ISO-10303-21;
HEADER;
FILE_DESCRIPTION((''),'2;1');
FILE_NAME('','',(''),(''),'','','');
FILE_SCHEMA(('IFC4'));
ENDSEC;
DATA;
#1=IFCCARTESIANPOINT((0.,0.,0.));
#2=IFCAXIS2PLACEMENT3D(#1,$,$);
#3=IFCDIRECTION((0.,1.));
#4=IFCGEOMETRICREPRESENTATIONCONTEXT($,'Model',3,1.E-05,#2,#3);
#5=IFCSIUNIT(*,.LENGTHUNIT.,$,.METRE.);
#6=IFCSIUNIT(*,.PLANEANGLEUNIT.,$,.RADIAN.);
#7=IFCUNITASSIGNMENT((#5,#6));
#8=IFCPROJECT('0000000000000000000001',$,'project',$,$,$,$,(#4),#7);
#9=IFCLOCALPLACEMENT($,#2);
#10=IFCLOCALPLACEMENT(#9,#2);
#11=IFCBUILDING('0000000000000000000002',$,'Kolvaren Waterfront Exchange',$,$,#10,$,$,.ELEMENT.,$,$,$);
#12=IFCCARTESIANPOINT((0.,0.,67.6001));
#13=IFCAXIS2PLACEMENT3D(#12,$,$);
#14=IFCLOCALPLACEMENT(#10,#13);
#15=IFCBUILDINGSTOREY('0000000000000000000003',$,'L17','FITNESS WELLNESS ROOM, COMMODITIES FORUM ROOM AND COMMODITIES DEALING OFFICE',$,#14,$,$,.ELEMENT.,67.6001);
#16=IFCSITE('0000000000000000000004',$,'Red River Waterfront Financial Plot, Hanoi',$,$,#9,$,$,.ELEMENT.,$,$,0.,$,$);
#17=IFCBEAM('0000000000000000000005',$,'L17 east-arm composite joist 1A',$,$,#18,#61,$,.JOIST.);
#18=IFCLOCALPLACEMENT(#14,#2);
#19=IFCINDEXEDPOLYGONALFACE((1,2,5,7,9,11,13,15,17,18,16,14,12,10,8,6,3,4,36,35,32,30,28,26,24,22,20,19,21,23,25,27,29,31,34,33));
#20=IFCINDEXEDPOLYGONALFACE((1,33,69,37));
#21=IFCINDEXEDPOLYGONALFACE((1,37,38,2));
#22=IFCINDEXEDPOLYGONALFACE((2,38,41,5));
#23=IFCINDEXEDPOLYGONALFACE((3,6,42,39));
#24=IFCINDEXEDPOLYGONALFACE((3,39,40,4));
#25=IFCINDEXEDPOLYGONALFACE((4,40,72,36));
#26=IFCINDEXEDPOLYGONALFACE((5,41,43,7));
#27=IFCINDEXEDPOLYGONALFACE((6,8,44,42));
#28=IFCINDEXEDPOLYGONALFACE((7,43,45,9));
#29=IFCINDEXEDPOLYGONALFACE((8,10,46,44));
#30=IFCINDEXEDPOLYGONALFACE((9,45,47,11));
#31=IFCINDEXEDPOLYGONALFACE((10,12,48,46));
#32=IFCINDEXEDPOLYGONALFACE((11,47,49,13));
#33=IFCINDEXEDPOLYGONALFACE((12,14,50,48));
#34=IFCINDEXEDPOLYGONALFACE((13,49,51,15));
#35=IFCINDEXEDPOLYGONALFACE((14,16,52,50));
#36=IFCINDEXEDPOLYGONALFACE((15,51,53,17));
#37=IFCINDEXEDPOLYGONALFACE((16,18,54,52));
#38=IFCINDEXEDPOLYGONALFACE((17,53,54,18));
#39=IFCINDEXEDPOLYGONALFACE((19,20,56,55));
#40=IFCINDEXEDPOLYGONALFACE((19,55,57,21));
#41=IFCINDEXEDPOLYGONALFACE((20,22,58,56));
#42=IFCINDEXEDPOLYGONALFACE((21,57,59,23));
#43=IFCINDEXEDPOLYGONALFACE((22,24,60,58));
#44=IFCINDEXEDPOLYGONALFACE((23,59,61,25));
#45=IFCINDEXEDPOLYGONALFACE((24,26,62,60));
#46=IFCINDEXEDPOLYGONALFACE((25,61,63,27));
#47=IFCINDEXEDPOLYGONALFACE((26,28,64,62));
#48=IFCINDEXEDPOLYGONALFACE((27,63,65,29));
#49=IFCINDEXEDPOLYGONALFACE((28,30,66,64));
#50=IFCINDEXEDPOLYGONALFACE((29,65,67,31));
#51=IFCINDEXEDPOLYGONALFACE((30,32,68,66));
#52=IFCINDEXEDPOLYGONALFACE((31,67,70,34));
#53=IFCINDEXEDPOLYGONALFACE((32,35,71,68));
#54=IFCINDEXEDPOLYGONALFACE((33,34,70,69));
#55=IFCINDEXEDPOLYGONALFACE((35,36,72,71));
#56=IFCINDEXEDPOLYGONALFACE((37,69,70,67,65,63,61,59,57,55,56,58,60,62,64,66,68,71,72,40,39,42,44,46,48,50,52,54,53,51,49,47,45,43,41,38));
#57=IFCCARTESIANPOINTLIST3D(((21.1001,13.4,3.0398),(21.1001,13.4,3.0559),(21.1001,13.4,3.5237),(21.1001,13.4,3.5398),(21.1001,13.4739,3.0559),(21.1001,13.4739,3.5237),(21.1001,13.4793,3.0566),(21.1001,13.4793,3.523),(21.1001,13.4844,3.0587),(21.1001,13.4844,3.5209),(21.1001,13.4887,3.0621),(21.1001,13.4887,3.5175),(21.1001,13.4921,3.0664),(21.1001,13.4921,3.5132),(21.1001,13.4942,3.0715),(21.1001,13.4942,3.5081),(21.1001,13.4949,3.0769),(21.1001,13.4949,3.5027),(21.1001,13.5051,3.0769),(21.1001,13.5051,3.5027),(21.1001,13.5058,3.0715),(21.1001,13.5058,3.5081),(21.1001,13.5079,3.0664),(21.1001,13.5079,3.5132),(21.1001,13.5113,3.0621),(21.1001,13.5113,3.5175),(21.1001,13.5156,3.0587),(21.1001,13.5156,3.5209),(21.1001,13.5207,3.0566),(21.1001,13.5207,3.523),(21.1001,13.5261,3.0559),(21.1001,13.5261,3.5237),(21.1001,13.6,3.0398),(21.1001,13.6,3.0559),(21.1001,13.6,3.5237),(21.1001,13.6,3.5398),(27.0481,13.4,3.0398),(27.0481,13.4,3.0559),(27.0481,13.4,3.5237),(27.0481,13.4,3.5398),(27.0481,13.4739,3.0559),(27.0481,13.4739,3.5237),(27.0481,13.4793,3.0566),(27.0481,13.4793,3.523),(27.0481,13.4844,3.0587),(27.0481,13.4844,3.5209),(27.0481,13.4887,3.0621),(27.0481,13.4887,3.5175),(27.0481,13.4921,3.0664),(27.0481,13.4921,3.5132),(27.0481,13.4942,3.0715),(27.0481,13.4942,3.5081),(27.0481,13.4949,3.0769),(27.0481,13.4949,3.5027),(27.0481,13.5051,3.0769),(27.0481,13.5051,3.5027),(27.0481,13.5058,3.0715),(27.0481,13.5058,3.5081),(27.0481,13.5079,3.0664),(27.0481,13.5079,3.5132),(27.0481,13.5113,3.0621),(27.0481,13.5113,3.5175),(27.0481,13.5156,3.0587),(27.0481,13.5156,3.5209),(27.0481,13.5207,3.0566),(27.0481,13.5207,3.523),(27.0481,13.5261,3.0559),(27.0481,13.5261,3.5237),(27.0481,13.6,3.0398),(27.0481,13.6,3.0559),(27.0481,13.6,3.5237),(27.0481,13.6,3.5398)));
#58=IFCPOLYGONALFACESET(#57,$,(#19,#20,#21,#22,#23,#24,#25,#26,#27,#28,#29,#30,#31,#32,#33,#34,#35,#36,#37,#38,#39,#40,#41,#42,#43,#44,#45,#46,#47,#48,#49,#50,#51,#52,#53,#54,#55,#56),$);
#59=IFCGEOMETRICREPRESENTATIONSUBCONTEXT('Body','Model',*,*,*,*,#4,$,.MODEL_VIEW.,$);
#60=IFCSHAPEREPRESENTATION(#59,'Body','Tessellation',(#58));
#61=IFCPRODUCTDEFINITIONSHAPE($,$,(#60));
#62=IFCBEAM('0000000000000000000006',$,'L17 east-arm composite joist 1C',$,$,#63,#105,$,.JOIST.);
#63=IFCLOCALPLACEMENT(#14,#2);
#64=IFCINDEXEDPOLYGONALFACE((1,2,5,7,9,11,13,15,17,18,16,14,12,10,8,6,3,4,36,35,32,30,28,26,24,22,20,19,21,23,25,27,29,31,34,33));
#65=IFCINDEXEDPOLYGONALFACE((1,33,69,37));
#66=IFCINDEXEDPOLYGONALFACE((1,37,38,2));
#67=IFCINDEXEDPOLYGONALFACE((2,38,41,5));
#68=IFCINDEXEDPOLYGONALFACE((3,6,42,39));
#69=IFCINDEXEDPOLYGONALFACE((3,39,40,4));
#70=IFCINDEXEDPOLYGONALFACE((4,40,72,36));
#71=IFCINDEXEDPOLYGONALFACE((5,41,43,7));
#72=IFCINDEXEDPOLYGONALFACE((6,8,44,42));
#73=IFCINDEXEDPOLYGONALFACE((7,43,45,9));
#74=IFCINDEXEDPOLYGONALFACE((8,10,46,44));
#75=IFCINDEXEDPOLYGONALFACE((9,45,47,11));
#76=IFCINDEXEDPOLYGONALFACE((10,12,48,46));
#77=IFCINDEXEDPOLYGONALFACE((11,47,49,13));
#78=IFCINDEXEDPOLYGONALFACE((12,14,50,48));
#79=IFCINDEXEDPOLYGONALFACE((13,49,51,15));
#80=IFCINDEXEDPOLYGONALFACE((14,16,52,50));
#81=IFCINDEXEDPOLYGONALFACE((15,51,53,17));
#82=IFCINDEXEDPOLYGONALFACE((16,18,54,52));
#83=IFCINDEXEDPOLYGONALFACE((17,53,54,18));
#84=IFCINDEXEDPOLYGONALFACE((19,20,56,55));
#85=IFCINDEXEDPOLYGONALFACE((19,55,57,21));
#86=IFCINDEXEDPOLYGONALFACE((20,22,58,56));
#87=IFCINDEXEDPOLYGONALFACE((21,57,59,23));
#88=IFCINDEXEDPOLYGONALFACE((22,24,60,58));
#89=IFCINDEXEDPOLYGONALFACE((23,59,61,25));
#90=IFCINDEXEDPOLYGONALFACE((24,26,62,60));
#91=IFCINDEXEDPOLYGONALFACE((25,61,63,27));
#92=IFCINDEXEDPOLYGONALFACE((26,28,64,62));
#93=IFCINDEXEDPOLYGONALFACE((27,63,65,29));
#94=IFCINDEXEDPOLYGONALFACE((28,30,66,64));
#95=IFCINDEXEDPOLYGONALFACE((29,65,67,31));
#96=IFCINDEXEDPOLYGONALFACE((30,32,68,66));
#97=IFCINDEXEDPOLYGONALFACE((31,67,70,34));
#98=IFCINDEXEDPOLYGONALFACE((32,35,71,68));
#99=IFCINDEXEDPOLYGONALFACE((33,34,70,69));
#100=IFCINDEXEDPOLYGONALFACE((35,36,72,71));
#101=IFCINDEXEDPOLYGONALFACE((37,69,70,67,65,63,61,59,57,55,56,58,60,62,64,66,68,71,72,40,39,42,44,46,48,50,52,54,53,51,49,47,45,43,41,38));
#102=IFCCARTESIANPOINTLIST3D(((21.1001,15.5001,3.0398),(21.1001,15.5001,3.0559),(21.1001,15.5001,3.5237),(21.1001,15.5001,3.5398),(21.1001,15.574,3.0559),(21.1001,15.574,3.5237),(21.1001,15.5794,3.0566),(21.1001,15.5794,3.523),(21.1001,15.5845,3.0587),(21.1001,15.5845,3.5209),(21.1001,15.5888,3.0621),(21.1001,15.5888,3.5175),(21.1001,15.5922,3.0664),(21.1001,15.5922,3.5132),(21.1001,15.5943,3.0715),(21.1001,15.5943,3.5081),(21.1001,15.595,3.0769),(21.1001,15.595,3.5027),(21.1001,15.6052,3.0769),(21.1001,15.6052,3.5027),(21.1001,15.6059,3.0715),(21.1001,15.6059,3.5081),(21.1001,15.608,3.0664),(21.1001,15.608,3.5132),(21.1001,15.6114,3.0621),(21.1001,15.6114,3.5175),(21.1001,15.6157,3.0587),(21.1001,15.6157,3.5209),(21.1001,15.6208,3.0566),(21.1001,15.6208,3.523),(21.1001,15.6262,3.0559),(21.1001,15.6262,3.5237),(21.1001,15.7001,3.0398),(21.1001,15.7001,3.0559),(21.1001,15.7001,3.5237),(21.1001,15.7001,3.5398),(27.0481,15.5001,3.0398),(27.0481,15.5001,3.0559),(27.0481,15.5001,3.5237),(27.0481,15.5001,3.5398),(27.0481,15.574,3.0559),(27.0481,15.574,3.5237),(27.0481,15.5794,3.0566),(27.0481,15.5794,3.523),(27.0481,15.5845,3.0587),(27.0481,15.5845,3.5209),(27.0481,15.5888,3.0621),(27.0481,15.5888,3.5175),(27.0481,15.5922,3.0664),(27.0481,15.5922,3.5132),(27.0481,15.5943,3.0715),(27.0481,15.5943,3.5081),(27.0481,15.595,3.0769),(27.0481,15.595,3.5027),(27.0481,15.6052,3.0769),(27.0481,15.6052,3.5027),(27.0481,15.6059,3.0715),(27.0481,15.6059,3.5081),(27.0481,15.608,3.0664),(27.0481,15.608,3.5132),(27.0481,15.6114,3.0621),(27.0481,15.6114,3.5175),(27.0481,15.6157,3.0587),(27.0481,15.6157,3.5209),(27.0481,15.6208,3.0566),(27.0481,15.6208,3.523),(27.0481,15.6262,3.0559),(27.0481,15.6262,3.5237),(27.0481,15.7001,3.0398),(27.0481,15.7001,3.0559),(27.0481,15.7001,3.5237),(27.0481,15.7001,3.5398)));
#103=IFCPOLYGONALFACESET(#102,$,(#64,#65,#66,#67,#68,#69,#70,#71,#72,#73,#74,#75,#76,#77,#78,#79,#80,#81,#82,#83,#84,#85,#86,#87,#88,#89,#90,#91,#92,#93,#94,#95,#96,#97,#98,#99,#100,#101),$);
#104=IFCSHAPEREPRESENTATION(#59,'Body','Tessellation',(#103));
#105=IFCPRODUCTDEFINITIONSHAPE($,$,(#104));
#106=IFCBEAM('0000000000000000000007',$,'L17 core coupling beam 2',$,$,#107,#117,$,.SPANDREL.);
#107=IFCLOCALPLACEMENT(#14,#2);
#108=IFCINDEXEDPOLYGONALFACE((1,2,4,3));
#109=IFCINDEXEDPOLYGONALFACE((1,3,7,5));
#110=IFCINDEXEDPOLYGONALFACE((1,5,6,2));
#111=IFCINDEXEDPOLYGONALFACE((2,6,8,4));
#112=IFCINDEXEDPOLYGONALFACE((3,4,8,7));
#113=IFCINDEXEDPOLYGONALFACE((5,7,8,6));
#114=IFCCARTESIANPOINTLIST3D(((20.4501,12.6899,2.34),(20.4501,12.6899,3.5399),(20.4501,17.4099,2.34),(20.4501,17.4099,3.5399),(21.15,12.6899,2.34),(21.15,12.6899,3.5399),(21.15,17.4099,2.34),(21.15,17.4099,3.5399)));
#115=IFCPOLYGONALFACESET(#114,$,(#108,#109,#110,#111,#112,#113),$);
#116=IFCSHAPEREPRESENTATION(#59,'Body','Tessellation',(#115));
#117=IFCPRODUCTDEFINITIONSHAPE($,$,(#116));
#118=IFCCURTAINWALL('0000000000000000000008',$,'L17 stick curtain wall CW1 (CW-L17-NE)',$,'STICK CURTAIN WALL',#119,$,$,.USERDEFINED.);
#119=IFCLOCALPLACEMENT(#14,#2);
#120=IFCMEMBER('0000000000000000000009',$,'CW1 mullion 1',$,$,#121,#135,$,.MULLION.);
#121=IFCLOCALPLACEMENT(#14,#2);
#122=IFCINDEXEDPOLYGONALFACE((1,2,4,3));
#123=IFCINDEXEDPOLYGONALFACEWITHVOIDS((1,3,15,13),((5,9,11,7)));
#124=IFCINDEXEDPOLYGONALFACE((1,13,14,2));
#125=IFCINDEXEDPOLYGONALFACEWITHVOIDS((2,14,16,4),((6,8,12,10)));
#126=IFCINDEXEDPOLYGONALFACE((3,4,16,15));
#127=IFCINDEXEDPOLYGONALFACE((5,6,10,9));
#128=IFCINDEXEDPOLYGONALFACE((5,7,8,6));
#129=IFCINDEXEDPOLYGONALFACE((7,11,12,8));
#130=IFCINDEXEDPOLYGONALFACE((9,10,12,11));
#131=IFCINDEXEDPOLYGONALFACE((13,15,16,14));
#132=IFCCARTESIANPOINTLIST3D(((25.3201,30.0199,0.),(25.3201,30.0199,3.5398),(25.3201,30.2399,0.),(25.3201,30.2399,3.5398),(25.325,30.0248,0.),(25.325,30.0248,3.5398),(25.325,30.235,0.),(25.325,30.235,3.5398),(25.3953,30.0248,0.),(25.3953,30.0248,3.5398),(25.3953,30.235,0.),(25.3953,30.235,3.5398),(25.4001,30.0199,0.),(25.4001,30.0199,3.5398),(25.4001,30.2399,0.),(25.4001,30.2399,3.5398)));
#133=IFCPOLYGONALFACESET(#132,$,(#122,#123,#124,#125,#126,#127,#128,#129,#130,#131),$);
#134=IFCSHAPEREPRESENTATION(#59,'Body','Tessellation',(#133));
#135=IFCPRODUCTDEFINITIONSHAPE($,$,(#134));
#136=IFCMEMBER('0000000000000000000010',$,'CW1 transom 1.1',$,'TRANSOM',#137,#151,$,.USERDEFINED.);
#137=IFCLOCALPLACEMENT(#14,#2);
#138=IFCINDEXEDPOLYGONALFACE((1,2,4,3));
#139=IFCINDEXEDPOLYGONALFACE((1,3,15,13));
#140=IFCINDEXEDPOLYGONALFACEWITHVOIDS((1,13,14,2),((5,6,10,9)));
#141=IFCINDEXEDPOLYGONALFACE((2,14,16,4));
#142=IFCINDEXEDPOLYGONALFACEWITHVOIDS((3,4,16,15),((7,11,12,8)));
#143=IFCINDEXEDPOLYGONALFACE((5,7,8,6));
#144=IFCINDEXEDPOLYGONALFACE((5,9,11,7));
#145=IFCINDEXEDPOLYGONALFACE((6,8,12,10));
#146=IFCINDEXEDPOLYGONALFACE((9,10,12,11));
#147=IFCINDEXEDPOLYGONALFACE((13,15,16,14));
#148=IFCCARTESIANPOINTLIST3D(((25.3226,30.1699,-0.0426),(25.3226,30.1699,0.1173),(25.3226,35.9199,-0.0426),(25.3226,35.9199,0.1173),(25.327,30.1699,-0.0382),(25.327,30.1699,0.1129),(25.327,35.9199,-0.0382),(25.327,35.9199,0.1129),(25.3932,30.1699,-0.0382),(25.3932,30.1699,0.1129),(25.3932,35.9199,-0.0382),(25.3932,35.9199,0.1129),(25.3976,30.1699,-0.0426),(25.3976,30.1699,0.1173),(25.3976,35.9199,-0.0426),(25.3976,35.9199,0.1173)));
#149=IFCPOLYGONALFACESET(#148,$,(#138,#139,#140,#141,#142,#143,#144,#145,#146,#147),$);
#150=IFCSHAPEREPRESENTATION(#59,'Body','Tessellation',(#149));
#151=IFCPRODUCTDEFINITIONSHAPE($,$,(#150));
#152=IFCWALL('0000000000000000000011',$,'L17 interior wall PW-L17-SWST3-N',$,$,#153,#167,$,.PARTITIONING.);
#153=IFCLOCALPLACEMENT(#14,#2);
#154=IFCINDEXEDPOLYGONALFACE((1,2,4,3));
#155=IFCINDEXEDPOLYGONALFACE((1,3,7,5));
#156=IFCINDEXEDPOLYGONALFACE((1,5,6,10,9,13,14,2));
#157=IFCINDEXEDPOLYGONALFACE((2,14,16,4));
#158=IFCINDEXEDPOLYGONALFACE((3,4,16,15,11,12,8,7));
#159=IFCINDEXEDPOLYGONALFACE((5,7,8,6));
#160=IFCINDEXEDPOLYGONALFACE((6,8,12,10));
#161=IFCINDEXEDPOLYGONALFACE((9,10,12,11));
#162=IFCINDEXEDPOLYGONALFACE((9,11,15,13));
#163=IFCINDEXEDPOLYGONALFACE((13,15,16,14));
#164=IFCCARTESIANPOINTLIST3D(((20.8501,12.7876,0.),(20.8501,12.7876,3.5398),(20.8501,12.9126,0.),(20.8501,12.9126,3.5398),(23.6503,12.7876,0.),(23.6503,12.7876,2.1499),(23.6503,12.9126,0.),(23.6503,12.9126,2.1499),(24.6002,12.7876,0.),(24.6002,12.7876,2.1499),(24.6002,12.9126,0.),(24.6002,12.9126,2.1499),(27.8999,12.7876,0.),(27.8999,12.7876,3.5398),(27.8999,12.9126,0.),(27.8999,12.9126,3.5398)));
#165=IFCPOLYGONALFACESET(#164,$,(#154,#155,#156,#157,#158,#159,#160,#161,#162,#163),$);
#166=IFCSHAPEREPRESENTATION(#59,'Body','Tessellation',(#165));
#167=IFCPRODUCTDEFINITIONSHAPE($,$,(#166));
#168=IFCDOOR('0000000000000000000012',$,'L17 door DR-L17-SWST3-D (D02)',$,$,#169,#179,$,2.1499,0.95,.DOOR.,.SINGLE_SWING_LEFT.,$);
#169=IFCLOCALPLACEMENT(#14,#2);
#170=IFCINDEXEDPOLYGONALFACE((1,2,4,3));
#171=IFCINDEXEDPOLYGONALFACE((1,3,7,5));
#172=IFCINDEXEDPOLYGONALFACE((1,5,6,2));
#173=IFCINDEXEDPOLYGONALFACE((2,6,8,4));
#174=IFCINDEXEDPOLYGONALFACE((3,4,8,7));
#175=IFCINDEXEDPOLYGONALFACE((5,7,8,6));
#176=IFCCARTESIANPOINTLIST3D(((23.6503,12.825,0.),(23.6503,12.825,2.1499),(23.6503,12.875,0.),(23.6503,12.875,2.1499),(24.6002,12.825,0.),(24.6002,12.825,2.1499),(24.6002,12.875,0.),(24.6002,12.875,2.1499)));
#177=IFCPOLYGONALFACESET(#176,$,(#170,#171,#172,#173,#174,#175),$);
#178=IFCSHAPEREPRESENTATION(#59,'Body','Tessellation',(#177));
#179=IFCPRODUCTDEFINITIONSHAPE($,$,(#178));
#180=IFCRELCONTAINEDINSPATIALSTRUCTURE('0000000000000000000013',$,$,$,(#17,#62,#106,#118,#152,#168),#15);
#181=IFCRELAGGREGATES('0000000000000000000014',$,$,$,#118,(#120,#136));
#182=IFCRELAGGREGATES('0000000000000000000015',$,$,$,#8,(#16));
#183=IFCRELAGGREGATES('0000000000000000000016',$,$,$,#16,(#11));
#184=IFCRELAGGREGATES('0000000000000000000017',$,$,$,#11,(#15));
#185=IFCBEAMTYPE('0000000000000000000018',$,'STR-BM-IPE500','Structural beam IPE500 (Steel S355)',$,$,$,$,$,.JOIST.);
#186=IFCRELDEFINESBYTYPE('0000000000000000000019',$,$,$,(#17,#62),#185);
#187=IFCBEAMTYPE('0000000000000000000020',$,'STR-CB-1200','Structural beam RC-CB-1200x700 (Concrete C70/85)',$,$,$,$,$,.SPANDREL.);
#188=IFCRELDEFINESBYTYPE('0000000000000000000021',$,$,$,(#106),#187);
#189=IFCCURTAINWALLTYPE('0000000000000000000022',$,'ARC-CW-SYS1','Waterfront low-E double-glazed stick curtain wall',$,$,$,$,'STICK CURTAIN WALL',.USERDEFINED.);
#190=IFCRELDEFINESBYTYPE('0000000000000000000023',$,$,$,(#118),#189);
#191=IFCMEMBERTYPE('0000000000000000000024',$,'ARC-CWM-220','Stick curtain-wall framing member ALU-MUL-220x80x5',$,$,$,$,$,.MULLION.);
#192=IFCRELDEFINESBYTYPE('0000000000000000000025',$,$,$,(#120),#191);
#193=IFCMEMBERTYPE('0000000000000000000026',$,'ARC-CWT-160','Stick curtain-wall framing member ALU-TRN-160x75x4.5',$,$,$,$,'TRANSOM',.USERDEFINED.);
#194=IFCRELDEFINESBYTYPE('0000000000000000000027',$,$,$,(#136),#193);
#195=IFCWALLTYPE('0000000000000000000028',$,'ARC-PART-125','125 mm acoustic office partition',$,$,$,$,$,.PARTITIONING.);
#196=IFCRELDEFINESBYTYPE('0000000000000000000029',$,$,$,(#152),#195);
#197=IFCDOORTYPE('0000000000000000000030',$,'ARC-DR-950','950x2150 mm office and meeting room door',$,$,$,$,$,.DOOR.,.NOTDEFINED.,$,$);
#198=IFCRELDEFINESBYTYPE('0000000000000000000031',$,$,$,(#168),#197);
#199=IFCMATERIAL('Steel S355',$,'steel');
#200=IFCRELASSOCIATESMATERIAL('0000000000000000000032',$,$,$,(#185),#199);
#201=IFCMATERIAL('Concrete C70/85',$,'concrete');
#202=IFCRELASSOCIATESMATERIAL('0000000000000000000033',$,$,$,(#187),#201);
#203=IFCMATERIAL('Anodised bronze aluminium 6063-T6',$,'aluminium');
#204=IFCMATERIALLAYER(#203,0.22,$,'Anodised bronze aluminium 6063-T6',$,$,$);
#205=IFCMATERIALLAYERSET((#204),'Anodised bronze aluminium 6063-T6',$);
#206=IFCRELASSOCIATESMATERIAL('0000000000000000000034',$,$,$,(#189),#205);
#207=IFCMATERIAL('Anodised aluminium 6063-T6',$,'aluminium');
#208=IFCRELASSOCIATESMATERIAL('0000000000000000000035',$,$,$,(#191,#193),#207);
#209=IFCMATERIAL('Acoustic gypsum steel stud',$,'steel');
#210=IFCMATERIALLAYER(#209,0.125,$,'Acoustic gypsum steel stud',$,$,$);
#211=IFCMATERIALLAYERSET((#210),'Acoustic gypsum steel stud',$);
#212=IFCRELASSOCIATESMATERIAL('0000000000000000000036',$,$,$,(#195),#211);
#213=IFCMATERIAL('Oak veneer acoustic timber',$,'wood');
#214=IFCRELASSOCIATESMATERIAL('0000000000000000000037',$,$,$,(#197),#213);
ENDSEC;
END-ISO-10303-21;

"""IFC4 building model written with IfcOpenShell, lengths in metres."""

from ifc_helpers import new_model, si_unit, direction, frame, frame_2d, origin, origin_with_axes, origin_2d, place, context, subcontext, project, spatial, rectangle, hollow_rectangle, i_section, extrude, source, transform, mapped, material, layer, layer_set, material_profile, profile_set, type_object, element, fill, aggregate, save


model = new_model("IFC4")

# Units and contexts
model_context = context("Model", 3, precision=1e-05, world=origin(), true_north=direction((0.0, 1.0)))
body_context = subcontext(model_context, "Body", "Model", "MODEL_VIEW")
ifc_project = project(units=[si_unit("LENGTHUNIT", "METRE"), si_unit("PLANEANGLEUNIT", "RADIAN")], contexts=[model_context])

# Site, building, storey
site_placement = place(None, origin())
site = spatial("IfcSite", under=ifc_project, at=site_placement, Name="Red River Waterfront Financial Plot, Hanoi", CompositionType="ELEMENT", RefElevation=0.0)
building_placement = place(site_placement, origin())
building = spatial("IfcBuilding", under=site, at=building_placement, Name="Kolvaren Waterfront Exchange", CompositionType="ELEMENT")
storey_placement = place(building_placement, frame((0.0, 0.0, 67.6001)))
storey = spatial("IfcBuildingStorey", under=building, at=storey_placement, Name="L17", Description="FITNESS WELLNESS ROOM, COMMODITIES FORUM ROOM AND COMMODITIES DEALING OFFICE", CompositionType="ELEMENT", Elevation=67.6001)

# Shared definitions
ifc_material_1 = material(Name="Concrete C70/85", Category="concrete")

# Beams
ifc_material_2 = material(Name="Steel S355", Category="steel")
ifc_material_profile_1 = material_profile(ifc_material_2, i_section(OverallWidth=0.2, OverallDepth=0.5, WebThickness=0.0103, FlangeThickness=0.0161, FilletRadius=0.021, at=origin_2d()), Name="IPE500")
ifc_profile_set_1 = profile_set([ifc_material_profile_1], Name="Steel S355")
beam_type_1 = type_object("IfcBeamType", Name="STR-BM-IPE500", Description="Structural beam IPE500 (Steel S355)", PredefinedType="JOIST", material=ifc_profile_set_1)
for number, where, z_axis, x_axis, name in (
    (1, (21.1001, 13.5, 3.2898), (1.0, 0.0, 0.0), (0.0, 1.0, 0.0), "L17 east-arm composite joist 1A"),
    (2, (21.1001, 15.6001, 3.2898), (1.0, 0.0, 0.0), (0.0, 1.0, 0.0), "L17 east-arm composite joist 1C"),
):
    element("IfcBeam", number, at=place(storey_placement, frame(where, z_axis=z_axis, x_axis=x_axis)), inside=storey, type_object=beam_type_1, Name=name, PredefinedType="JOIST", context=body_context, shape_type="SweptSolid", body=[
        extrude(i_section(OverallWidth=0.2, OverallDepth=0.5, WebThickness=0.0103, FlangeThickness=0.0161, FilletRadius=0.021, at=origin_2d()), origin(), (0.0, 0.0, 1.0), 5.948),
    ])
ifc_material_profile_2 = material_profile(ifc_material_1, rectangle(XDim=0.7, YDim=1.2, at=origin_2d()), Name="RC-CB-1200x700")
ifc_profile_set_2 = profile_set([ifc_material_profile_2], Name="Concrete C70/85")
beam_type_2 = type_object("IfcBeamType", Name="STR-CB-1200", Description="Structural beam RC-CB-1200x700 (Concrete C70/85)", PredefinedType="SPANDREL", material=ifc_profile_set_2)
beam_1_placement = place(storey_placement, frame((20.8, 12.6899, 2.9399), z_axis=(0.0, 1.0, 0.0), x_axis=(-1.0, 0.0, 0.0)))
element("IfcBeam", 3, at=beam_1_placement, inside=storey, type_object=beam_type_2, Name="L17 core coupling beam 2", PredefinedType="SPANDREL", context=body_context, shape_type="SweptSolid", body=[
    extrude(rectangle(XDim=0.7, YDim=1.2, at=origin_2d()), origin(), (0.0, 0.0, 1.0), 4.72),
])

# Curtain wall, members
ifc_material_3 = material(Name="Anodised bronze aluminium 6063-T6", Category="aluminium")
ifc_layer_1 = layer(ifc_material_3, 0.22, Name="Anodised bronze aluminium 6063-T6")
ifc_layer_set_1 = layer_set([ifc_layer_1], Name="Anodised bronze aluminium 6063-T6")
curtain_wall_type = type_object("IfcCurtainWallType", Name="ARC-CW-SYS1", Description="Waterfront low-E double-glazed stick curtain wall", ElementType="STICK CURTAIN WALL", PredefinedType="USERDEFINED", material=ifc_layer_set_1)
curtain_wall_placement = place(storey_placement, origin())
curtain_wall = element("IfcCurtainWall", 4, at=curtain_wall_placement, inside=storey, type_object=curtain_wall_type, Name="L17 stick curtain wall CW1 (CW-L17-NE)", ObjectType="STICK CURTAIN WALL", PredefinedType="USERDEFINED")
ifc_material_4 = material(Name="Anodised aluminium 6063-T6", Category="aluminium")
ifc_material_profile_3 = material_profile(ifc_material_4, hollow_rectangle(XDim=0.0801, YDim=0.22, WallThickness=0.0049, at=origin_2d()), Name="ALU-MUL-220x80x5")
ifc_profile_set_3 = profile_set([ifc_material_profile_3], Name="Anodised aluminium 6063-T6")
member_type_1 = type_object("IfcMemberType", Name="ARC-CWM-220", Description="Stick curtain-wall framing member ALU-MUL-220x80x5", PredefinedType="MULLION", material=ifc_profile_set_3)
shared_shape_1 = source(origin_with_axes(), body_context, "Body", "SweptSolid", [
    extrude(hollow_rectangle(XDim=0.0801, YDim=0.22, WallThickness=0.0049, at=origin_2d()), origin(), (0.0, 0.0, 1.0), 3.5398),
])
member_1_placement = place(storey_placement, frame((25.3601, 30.1299, 0.0), z_axis=(0.0, 0.0, 1.0), x_axis=(-1.0, 0.0, 0.0)))
member_1 = element("IfcMember", 5, at=member_1_placement, type_object=member_type_1, Name="CW1 mullion 1", PredefinedType="MULLION", context=body_context, shape_type="MappedRepresentation", body=[
    mapped(shared_shape_1, transform((0.0, 0.0, 0.0), x_axis=(1.0, 0.0, 0.0), y_axis=(0.0, 1.0, 0.0), z_axis=(0.0, 0.0, 1.0), scale=1.0)),
])
ifc_material_profile_4 = material_profile(ifc_material_4, hollow_rectangle(XDim=0.075, YDim=0.1599, WallThickness=0.0044, at=origin_2d()), Name="ALU-TRN-160x75x4.5")
ifc_profile_set_4 = profile_set([ifc_material_profile_4], Name="Anodised aluminium 6063-T6")
member_type_2 = type_object("IfcMemberType", Name="ARC-CWT-160", Description="Stick curtain-wall framing member ALU-TRN-160x75x4.5", ElementType="TRANSOM", PredefinedType="USERDEFINED", material=ifc_profile_set_4)
shared_shape_2 = source(origin_with_axes(), body_context, "Body", "SweptSolid", [
    extrude(hollow_rectangle(XDim=0.075, YDim=0.1599, WallThickness=0.0044, at=origin_2d()), origin(), (0.0, 0.0, 1.0), 5.75),
])
member_2_placement = place(storey_placement, frame((25.3601, 30.1699, 0.0374), z_axis=(0.0, 1.0, 0.0), x_axis=(-1.0, 0.0, 0.0)))
member_2 = element("IfcMember", 6, at=member_2_placement, type_object=member_type_2, Name="CW1 transom 1.1", ObjectType="TRANSOM", PredefinedType="USERDEFINED", context=body_context, shape_type="MappedRepresentation", body=[
    mapped(shared_shape_2, transform((0.0, 0.0, 0.0), x_axis=(1.0, 0.0, 0.0), y_axis=(0.0, 1.0, 0.0), z_axis=(0.0, 0.0, 1.0), scale=1.0)),
])
aggregate(curtain_wall, [member_1, member_2])

# Wall, opening, door
ifc_material_5 = material(Name="Acoustic gypsum steel stud", Category="steel")
ifc_layer_2 = layer(ifc_material_5, 0.125, Name="Acoustic gypsum steel stud")
ifc_layer_set_2 = layer_set([ifc_layer_2], Name="Acoustic gypsum steel stud")
wall_type_1 = type_object("IfcWallType", Name="ARC-PART-125", Description="125 mm acoustic office partition", PredefinedType="PARTITIONING", material=ifc_layer_set_2)
wall_1_placement = place(storey_placement, frame((20.8501, 12.8501, 0.0), z_axis=(0.0, 0.0, 1.0), x_axis=(1.0, 0.0, 0.0)))
wall_1 = element("IfcWall", 7, at=wall_1_placement, inside=storey, type_object=wall_type_1, Name="L17 interior wall PW-L17-SWST3-N", PredefinedType="PARTITIONING", context=body_context, shape_type="SweptSolid", body=[
    extrude(rectangle(XDim=7.0498, YDim=0.125, at=frame_2d((3.5249, 0.0))), origin(), (0.0, 0.0, 1.0), 3.5398),
])
opening_1_placement = place(wall_1_placement, frame((2.8, 0.0, 0.0)))
opening_1 = element("IfcOpeningElement", 8, at=opening_1_placement, cuts=wall_1, PredefinedType="OPENING", context=body_context, shape_type="SweptSolid", body=[
    extrude(rectangle(XDim=0.95, YDim=2.1499, at=frame_2d((0.4751, 1.075))), frame((0.0, 0.0725, 0.0), z_axis=(0.0, -1.0, 0.0), x_axis=(1.0, 0.0, 0.0)), (0.0, 0.0, 1.0), 0.145),
])
ifc_material_6 = material(Name="Oak veneer acoustic timber", Category="wood")
door_type = type_object("IfcDoorType", Name="ARC-DR-950", Description="950x2150 mm office and meeting room door", OperationType="NOTDEFINED", PredefinedType="DOOR", material=ifc_material_6)
door_1_placement = place(opening_1_placement, origin())
door_1 = element("IfcDoor", 9, at=door_1_placement, inside=storey, type_object=door_type, Name="L17 door DR-L17-SWST3-D (D02)", OperationType="SINGLE_SWING_LEFT", OverallHeight=2.1499, OverallWidth=0.95, PredefinedType="DOOR", context=body_context, shape_type="SweptSolid", body=[
    extrude(rectangle(XDim=0.95, YDim=2.1499, at=frame_2d((0.4751, 1.075))), frame((0.0, 0.0249, 0.0), z_axis=(0.0, -1.0, 0.0), x_axis=(1.0, 0.0, 0.0)), (0.0, 0.0, 1.0), 0.05),
])
fill(opening_1, door_1)

save(model, "model.ifc")
